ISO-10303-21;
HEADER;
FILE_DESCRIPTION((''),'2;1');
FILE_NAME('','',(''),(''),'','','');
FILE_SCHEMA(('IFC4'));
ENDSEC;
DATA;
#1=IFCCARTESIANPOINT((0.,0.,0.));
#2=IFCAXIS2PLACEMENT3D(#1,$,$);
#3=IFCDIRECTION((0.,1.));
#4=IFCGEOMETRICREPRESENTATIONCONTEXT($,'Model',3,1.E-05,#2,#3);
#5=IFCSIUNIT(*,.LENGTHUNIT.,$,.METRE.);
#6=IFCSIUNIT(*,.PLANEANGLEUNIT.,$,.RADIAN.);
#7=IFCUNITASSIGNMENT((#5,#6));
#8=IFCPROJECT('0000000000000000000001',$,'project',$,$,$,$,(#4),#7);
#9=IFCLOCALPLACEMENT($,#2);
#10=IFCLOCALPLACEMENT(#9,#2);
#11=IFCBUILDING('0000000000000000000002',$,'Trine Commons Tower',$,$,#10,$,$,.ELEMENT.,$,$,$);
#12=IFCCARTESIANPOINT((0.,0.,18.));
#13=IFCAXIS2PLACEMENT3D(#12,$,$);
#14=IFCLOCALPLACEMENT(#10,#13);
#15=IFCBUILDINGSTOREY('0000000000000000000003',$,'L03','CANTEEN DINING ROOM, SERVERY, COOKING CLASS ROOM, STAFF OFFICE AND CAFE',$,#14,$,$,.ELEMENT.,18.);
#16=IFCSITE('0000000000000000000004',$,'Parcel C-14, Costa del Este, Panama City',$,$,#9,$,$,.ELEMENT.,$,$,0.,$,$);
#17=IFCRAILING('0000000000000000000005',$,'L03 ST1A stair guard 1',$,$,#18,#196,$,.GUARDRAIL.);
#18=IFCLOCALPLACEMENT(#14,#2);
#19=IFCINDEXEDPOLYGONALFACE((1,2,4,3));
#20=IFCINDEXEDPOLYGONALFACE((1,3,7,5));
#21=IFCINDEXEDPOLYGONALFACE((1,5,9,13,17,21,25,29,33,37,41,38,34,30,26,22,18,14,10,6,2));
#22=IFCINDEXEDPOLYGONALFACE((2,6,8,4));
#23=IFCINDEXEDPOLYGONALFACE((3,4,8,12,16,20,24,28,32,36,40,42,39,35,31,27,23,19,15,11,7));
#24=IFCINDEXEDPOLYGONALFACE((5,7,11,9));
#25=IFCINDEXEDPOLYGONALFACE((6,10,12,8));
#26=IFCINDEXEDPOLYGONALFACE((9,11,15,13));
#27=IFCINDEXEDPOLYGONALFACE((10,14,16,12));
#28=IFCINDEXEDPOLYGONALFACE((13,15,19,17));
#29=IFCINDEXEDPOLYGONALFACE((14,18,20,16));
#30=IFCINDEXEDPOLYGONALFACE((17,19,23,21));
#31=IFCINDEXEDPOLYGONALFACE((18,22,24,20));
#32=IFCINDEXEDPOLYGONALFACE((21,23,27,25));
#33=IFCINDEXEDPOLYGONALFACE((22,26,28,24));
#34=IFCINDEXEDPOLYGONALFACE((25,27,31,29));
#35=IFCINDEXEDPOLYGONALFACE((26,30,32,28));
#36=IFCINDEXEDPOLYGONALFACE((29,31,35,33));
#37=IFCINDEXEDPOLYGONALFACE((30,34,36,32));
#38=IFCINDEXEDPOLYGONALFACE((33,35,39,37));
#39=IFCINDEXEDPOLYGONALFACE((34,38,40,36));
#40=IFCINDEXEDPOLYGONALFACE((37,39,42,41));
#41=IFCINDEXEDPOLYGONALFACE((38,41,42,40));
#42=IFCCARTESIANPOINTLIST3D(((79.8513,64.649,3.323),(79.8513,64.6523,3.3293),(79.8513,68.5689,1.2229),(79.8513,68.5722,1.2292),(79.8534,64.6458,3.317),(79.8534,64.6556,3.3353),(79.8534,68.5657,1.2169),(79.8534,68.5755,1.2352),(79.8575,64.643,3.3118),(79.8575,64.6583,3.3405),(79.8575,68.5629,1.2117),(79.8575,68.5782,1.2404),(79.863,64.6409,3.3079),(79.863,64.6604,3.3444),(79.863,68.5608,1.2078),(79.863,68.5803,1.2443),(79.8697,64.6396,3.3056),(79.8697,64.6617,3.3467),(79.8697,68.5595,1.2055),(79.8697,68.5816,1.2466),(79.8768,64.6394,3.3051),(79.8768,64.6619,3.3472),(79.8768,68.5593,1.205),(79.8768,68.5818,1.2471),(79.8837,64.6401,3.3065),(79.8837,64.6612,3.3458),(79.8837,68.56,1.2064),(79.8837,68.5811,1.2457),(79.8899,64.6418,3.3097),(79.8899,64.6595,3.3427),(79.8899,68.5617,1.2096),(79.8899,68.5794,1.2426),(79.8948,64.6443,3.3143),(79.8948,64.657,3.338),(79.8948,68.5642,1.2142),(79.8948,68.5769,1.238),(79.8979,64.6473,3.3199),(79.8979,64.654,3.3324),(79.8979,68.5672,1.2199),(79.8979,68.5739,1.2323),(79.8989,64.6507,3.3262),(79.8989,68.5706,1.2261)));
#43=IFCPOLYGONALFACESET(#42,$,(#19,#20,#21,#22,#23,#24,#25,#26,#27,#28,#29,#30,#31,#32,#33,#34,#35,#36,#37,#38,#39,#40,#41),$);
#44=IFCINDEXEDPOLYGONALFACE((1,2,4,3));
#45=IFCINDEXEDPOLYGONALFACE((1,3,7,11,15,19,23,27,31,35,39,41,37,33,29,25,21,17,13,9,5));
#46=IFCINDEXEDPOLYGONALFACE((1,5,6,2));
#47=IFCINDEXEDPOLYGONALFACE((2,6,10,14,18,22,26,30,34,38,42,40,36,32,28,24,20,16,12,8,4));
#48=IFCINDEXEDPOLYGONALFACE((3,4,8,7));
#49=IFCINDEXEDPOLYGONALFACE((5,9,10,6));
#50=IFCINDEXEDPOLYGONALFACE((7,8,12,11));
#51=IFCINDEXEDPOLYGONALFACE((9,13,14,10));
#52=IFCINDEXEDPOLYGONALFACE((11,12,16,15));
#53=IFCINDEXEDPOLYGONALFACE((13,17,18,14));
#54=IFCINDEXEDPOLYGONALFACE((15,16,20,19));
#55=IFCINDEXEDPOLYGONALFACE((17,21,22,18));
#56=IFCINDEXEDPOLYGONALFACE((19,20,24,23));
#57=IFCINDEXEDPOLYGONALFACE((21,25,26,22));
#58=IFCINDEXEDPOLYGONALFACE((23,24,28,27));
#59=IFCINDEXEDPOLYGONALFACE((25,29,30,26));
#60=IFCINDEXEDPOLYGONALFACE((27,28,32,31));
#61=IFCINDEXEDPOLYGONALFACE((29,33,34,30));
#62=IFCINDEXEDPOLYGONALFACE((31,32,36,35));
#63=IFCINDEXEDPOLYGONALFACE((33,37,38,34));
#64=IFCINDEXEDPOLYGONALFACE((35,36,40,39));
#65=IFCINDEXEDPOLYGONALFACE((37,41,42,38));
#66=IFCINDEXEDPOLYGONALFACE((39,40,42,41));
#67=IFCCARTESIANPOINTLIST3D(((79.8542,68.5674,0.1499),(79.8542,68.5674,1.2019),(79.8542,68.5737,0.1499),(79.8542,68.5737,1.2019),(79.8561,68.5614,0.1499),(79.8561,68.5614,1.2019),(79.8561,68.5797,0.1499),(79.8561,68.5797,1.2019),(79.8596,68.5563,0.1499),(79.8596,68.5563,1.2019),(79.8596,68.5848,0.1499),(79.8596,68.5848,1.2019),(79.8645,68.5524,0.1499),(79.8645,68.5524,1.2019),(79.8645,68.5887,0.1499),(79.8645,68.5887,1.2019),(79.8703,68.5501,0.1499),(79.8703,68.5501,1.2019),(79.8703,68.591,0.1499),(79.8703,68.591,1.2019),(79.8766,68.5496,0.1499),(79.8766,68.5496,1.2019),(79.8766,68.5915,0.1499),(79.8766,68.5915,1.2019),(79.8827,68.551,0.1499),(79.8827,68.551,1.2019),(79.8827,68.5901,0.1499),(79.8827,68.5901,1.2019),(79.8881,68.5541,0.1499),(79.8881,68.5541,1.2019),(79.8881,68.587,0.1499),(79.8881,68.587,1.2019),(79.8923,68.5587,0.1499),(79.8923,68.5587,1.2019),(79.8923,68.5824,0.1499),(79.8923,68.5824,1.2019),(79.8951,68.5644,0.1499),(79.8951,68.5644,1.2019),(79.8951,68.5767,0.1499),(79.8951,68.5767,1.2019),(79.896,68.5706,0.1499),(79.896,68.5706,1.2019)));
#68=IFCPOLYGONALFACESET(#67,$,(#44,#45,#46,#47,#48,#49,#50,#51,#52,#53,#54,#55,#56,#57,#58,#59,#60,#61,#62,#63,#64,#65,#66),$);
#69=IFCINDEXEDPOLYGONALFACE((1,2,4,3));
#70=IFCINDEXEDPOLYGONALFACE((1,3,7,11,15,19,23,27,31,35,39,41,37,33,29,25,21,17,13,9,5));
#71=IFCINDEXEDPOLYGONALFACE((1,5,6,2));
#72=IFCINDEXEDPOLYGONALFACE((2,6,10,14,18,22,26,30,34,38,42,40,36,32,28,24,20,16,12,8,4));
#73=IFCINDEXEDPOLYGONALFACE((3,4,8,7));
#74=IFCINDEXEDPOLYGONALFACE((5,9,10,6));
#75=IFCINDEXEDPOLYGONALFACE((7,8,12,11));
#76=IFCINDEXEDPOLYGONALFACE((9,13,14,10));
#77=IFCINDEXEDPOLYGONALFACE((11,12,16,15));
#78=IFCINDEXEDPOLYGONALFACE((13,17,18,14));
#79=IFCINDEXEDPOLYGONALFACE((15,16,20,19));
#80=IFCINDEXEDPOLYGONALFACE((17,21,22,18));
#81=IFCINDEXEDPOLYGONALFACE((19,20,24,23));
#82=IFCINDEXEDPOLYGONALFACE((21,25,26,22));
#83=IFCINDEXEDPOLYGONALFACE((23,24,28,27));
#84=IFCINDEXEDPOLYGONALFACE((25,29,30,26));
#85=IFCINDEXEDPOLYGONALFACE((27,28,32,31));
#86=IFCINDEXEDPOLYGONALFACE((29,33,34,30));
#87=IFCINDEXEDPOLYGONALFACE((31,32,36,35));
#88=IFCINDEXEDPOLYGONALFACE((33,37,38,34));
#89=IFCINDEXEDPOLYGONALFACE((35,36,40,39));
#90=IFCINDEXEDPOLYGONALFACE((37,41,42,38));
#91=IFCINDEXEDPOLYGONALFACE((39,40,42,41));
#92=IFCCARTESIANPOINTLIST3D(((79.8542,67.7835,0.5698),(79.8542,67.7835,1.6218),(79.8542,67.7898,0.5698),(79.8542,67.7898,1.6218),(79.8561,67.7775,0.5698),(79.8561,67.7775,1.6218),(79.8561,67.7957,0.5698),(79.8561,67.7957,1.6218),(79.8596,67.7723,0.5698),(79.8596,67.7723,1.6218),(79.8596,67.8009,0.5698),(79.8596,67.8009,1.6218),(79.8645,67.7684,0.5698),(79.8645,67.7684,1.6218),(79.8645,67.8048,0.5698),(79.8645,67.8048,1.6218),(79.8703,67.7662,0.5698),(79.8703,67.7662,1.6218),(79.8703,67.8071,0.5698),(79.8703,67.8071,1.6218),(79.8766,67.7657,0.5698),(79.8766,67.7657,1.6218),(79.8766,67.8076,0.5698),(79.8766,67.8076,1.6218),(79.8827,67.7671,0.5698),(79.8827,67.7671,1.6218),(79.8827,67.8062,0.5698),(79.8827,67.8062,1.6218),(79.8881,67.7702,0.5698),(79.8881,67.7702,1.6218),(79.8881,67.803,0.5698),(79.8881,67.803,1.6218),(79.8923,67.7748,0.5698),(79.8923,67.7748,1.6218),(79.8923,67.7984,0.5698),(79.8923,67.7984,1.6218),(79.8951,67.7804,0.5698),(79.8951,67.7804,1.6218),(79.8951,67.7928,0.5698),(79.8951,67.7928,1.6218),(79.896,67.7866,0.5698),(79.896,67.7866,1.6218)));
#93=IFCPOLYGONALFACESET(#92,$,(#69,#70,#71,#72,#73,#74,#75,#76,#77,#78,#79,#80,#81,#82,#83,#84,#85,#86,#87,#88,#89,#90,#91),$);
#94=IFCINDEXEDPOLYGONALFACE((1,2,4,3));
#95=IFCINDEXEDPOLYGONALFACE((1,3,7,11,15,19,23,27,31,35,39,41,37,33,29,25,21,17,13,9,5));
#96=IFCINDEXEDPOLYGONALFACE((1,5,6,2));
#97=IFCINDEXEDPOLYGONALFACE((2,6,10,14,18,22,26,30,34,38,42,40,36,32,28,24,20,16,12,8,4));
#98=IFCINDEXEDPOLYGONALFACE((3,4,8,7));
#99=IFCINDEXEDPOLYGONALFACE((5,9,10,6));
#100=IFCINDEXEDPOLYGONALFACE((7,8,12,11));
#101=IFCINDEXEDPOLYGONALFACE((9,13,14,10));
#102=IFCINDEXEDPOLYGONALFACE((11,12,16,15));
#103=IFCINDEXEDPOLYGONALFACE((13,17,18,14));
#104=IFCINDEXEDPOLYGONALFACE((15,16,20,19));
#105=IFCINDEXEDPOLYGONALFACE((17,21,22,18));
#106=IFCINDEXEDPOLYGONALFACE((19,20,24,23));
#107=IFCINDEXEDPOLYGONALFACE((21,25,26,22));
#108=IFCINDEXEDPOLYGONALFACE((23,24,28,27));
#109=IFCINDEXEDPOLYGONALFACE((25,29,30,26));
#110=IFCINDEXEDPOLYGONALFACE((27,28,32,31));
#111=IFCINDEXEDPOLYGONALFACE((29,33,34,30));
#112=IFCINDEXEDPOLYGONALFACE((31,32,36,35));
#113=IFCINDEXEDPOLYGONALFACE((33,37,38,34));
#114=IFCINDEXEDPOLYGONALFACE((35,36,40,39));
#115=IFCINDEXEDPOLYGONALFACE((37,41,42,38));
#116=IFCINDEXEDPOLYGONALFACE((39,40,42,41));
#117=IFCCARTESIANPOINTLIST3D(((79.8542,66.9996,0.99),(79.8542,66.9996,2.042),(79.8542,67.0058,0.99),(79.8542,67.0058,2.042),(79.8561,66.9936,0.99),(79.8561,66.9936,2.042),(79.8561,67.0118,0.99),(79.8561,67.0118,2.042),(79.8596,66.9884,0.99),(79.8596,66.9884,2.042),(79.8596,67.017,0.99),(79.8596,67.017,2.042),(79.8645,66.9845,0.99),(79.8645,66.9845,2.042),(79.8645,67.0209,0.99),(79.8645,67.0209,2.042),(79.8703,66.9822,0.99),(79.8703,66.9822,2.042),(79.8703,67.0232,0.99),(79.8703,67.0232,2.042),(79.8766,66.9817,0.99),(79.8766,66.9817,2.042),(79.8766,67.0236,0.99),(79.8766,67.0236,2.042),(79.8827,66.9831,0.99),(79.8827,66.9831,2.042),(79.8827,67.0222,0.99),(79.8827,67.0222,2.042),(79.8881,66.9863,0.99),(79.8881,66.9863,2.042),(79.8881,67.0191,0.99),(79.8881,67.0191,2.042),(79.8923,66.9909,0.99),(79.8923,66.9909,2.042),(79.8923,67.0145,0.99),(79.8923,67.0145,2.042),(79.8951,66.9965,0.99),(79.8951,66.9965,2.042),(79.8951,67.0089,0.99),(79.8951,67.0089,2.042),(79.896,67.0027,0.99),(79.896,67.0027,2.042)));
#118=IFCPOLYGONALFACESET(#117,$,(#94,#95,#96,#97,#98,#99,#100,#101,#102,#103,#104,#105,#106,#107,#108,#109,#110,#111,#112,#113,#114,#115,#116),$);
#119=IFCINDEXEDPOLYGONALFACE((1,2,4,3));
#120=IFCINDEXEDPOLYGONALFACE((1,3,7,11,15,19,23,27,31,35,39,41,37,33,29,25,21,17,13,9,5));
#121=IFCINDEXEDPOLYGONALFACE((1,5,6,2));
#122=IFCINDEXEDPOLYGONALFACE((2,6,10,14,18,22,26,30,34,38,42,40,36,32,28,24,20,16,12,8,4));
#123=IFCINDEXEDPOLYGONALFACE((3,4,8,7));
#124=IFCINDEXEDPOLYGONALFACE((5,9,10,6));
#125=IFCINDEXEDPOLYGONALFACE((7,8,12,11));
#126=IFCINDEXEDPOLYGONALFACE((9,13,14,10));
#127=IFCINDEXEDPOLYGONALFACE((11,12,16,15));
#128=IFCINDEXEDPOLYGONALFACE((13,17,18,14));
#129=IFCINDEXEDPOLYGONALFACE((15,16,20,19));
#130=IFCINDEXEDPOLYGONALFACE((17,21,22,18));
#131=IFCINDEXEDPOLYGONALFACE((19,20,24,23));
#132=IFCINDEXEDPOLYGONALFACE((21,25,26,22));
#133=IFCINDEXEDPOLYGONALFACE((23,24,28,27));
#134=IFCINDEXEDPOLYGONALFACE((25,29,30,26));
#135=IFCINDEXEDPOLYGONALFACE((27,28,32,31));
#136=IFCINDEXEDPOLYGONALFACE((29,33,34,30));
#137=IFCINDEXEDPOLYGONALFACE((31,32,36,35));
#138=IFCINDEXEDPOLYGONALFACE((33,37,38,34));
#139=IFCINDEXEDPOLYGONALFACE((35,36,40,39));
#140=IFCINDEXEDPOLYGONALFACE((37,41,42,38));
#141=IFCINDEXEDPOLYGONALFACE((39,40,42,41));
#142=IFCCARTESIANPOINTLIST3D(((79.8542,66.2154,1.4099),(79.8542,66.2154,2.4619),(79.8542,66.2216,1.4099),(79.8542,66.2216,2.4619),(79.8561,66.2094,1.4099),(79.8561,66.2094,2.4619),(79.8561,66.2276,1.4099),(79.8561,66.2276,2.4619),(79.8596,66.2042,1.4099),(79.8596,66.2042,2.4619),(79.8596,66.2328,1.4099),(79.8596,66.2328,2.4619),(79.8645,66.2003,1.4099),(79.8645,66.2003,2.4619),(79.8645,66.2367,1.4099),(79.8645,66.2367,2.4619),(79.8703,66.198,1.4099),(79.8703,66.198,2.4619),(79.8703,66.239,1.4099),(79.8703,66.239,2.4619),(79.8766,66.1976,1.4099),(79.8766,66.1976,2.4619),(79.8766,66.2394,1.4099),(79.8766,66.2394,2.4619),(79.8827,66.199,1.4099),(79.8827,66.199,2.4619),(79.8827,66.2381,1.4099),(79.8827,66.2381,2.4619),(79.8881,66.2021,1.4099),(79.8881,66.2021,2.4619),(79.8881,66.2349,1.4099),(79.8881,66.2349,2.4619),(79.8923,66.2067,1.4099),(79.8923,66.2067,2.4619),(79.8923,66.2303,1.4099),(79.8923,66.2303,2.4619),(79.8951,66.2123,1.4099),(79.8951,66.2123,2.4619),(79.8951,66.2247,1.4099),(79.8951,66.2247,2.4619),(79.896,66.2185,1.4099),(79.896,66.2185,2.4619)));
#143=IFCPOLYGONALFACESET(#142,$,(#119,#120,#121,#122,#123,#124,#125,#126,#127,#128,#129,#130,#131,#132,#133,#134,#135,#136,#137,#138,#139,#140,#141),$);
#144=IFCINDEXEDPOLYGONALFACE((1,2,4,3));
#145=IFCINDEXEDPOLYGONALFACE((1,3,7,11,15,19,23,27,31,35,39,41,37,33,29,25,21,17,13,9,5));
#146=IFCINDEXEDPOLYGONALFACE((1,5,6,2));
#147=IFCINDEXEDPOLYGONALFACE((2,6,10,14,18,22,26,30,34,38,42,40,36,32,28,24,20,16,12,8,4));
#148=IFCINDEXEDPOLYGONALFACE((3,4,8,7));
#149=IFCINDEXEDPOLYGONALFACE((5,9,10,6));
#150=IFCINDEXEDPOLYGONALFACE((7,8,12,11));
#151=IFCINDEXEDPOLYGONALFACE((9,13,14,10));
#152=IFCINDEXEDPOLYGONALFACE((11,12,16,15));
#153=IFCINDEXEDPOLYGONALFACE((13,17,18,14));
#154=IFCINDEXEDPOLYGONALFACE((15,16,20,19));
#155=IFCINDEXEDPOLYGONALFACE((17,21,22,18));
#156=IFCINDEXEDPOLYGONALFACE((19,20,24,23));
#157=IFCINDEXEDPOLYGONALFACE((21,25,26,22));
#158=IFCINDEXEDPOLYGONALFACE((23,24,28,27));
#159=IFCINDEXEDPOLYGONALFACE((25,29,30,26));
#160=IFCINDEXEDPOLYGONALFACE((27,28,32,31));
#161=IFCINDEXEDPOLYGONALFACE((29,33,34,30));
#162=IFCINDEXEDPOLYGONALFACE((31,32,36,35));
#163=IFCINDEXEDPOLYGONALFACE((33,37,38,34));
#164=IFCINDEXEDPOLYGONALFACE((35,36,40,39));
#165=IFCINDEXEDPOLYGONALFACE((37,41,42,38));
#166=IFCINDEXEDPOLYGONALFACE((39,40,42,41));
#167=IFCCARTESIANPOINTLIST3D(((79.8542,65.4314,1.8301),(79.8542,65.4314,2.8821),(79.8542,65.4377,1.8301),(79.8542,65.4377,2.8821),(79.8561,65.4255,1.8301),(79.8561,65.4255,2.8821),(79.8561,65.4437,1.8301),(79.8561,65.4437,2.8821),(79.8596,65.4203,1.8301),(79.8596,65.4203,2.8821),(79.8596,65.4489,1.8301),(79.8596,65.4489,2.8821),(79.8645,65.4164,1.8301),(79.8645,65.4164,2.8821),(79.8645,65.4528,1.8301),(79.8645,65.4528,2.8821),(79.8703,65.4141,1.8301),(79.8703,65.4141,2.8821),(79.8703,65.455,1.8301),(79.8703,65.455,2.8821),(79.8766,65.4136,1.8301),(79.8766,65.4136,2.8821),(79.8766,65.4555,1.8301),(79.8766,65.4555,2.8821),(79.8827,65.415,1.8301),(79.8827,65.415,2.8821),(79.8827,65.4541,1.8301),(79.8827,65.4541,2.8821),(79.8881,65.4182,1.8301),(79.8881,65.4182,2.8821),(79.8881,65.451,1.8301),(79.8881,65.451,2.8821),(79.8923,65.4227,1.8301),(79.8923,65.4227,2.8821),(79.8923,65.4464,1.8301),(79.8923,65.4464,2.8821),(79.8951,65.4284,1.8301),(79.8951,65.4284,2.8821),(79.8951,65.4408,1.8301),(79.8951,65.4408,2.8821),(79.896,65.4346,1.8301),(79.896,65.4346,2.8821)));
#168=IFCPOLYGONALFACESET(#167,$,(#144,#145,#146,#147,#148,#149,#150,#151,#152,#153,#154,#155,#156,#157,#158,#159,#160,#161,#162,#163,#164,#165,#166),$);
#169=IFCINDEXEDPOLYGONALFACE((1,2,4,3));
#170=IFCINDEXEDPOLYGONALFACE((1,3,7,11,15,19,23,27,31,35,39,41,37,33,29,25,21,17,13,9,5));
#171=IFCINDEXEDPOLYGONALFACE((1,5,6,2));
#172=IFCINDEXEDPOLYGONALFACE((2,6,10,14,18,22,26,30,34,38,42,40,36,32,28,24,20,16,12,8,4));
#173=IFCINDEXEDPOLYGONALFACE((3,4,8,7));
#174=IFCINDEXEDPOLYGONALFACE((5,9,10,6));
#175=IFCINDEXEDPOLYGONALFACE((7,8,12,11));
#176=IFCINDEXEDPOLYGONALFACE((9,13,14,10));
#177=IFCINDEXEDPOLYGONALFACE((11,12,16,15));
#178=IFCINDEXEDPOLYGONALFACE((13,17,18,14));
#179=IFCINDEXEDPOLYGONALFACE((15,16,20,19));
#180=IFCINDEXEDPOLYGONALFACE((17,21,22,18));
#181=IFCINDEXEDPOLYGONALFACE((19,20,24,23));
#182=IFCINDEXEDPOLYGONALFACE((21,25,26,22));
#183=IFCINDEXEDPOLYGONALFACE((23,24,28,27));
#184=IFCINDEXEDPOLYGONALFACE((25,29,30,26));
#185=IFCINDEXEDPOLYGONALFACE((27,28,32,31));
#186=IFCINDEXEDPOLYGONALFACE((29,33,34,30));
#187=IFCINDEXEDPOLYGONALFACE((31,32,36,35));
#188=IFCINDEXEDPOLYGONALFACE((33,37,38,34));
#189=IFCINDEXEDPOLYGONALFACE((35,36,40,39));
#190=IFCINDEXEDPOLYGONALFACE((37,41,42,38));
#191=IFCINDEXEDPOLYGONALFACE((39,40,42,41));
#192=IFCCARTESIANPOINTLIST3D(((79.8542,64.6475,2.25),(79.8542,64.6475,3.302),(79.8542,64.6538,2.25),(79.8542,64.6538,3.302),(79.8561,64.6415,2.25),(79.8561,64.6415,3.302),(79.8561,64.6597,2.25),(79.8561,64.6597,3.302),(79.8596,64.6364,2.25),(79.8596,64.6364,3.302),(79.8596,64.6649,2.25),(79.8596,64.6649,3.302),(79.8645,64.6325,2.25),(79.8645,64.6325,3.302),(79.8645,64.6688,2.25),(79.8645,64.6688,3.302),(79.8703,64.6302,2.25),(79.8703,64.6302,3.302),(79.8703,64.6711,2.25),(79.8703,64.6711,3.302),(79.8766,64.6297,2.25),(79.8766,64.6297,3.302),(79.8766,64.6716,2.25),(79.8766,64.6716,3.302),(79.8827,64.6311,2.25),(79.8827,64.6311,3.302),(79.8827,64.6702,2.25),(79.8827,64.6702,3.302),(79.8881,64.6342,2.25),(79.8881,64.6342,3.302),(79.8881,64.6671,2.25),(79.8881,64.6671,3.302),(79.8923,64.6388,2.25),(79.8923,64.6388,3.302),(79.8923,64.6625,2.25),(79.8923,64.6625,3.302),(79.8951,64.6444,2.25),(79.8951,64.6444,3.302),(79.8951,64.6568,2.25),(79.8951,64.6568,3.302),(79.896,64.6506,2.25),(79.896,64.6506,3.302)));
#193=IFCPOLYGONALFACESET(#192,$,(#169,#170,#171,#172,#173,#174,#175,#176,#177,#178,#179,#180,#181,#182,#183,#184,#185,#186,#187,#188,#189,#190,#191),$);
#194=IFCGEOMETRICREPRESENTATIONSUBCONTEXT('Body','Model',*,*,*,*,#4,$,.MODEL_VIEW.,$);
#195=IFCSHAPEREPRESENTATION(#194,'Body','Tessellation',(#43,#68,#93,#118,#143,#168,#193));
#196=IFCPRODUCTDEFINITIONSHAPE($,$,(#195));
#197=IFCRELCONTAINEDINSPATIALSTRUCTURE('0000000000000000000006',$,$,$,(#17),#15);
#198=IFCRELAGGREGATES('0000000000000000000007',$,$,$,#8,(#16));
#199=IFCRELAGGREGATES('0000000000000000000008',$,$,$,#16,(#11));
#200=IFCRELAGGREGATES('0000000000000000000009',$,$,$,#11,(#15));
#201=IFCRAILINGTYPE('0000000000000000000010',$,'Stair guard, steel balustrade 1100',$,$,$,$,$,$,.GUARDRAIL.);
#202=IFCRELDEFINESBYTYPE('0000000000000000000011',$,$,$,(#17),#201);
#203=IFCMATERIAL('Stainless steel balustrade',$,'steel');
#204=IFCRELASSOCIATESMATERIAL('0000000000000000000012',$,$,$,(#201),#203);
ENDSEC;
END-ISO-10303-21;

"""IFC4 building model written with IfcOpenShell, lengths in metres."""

from ifc_helpers import new_model, si_unit, direction, frame, origin, origin_2d, place, context, subcontext, project, spatial, circle, extrude, material, type_object, element, save


model = new_model("IFC4")

# Units and contexts
model_context = context("Model", 3, precision=1e-05, world=origin(), true_north=direction((0.0, 1.0)))
body_context = subcontext(model_context, "Body", "Model", "MODEL_VIEW")
ifc_project = project(units=[si_unit("LENGTHUNIT", "METRE"), si_unit("PLANEANGLEUNIT", "RADIAN")], contexts=[model_context])

# Site, building, storey
site_placement = place(None, origin())
site = spatial("IfcSite", under=ifc_project, at=site_placement, Name="Parcel C-14, Costa del Este, Panama City", CompositionType="ELEMENT", RefElevation=0.0)
building_placement = place(site_placement, origin())
building = spatial("IfcBuilding", under=site, at=building_placement, Name="Trine Commons Tower", CompositionType="ELEMENT")
storey_placement = place(building_placement, frame((0.0, 0.0, 18.0)))
storey = spatial("IfcBuildingStorey", under=building, at=storey_placement, Name="L03", Description="CANTEEN DINING ROOM, SERVERY, COOKING CLASS ROOM, STAFF OFFICE AND CAFE", CompositionType="ELEMENT", Elevation=18.0)

# Railing
ifc_material_1 = material(Name="Stainless steel balustrade", Category="steel")
railing_type_1 = type_object("IfcRailingType", Name="Stair guard, steel balustrade 1100", PredefinedType="GUARDRAIL", material=ifc_material_1)
railing_1_placement = place(storey_placement, frame((79.875, 68.5706, 0.1499)))
element("IfcRailing", 1, at=railing_1_placement, inside=storey, type_object=railing_type_1, Name="L03 ST1A stair guard 1", PredefinedType="GUARDRAIL", context=body_context, shape_type="SweptSolid", body=[
    extrude(circle(Radius=0.0239, at=origin_2d()), frame((0.0, 0.0, 1.0762), z_axis=(0.0, -0.881467, 0.472246), x_axis=(1.0, 0.0, 0.0)), (0.0, 0.0, 1.0), 4.447),
    extrude(circle(Radius=0.021, at=origin_2d()), origin(), (0.0, 0.0, 1.0), 1.052),
    extrude(circle(Radius=0.021, at=origin_2d()), frame((0.0, -0.7839, 0.4199)), (0.0, 0.0, 1.0), 1.052),
    extrude(circle(Radius=0.021, at=origin_2d()), frame((0.0, -1.5679, 0.8401)), (0.0, 0.0, 1.0), 1.052),
    extrude(circle(Radius=0.021, at=origin_2d()), frame((0.0, -2.3521, 1.26)), (0.0, 0.0, 1.0), 1.052),
    extrude(circle(Radius=0.021, at=origin_2d()), frame((0.0, -3.136, 1.6802)), (0.0, 0.0, 1.0), 1.052),
    extrude(circle(Radius=0.021, at=origin_2d()), frame((0.0, -3.9199, 2.1001)), (0.0, 0.0, 1.0), 1.052),
])

save(model, "model.ifc")
